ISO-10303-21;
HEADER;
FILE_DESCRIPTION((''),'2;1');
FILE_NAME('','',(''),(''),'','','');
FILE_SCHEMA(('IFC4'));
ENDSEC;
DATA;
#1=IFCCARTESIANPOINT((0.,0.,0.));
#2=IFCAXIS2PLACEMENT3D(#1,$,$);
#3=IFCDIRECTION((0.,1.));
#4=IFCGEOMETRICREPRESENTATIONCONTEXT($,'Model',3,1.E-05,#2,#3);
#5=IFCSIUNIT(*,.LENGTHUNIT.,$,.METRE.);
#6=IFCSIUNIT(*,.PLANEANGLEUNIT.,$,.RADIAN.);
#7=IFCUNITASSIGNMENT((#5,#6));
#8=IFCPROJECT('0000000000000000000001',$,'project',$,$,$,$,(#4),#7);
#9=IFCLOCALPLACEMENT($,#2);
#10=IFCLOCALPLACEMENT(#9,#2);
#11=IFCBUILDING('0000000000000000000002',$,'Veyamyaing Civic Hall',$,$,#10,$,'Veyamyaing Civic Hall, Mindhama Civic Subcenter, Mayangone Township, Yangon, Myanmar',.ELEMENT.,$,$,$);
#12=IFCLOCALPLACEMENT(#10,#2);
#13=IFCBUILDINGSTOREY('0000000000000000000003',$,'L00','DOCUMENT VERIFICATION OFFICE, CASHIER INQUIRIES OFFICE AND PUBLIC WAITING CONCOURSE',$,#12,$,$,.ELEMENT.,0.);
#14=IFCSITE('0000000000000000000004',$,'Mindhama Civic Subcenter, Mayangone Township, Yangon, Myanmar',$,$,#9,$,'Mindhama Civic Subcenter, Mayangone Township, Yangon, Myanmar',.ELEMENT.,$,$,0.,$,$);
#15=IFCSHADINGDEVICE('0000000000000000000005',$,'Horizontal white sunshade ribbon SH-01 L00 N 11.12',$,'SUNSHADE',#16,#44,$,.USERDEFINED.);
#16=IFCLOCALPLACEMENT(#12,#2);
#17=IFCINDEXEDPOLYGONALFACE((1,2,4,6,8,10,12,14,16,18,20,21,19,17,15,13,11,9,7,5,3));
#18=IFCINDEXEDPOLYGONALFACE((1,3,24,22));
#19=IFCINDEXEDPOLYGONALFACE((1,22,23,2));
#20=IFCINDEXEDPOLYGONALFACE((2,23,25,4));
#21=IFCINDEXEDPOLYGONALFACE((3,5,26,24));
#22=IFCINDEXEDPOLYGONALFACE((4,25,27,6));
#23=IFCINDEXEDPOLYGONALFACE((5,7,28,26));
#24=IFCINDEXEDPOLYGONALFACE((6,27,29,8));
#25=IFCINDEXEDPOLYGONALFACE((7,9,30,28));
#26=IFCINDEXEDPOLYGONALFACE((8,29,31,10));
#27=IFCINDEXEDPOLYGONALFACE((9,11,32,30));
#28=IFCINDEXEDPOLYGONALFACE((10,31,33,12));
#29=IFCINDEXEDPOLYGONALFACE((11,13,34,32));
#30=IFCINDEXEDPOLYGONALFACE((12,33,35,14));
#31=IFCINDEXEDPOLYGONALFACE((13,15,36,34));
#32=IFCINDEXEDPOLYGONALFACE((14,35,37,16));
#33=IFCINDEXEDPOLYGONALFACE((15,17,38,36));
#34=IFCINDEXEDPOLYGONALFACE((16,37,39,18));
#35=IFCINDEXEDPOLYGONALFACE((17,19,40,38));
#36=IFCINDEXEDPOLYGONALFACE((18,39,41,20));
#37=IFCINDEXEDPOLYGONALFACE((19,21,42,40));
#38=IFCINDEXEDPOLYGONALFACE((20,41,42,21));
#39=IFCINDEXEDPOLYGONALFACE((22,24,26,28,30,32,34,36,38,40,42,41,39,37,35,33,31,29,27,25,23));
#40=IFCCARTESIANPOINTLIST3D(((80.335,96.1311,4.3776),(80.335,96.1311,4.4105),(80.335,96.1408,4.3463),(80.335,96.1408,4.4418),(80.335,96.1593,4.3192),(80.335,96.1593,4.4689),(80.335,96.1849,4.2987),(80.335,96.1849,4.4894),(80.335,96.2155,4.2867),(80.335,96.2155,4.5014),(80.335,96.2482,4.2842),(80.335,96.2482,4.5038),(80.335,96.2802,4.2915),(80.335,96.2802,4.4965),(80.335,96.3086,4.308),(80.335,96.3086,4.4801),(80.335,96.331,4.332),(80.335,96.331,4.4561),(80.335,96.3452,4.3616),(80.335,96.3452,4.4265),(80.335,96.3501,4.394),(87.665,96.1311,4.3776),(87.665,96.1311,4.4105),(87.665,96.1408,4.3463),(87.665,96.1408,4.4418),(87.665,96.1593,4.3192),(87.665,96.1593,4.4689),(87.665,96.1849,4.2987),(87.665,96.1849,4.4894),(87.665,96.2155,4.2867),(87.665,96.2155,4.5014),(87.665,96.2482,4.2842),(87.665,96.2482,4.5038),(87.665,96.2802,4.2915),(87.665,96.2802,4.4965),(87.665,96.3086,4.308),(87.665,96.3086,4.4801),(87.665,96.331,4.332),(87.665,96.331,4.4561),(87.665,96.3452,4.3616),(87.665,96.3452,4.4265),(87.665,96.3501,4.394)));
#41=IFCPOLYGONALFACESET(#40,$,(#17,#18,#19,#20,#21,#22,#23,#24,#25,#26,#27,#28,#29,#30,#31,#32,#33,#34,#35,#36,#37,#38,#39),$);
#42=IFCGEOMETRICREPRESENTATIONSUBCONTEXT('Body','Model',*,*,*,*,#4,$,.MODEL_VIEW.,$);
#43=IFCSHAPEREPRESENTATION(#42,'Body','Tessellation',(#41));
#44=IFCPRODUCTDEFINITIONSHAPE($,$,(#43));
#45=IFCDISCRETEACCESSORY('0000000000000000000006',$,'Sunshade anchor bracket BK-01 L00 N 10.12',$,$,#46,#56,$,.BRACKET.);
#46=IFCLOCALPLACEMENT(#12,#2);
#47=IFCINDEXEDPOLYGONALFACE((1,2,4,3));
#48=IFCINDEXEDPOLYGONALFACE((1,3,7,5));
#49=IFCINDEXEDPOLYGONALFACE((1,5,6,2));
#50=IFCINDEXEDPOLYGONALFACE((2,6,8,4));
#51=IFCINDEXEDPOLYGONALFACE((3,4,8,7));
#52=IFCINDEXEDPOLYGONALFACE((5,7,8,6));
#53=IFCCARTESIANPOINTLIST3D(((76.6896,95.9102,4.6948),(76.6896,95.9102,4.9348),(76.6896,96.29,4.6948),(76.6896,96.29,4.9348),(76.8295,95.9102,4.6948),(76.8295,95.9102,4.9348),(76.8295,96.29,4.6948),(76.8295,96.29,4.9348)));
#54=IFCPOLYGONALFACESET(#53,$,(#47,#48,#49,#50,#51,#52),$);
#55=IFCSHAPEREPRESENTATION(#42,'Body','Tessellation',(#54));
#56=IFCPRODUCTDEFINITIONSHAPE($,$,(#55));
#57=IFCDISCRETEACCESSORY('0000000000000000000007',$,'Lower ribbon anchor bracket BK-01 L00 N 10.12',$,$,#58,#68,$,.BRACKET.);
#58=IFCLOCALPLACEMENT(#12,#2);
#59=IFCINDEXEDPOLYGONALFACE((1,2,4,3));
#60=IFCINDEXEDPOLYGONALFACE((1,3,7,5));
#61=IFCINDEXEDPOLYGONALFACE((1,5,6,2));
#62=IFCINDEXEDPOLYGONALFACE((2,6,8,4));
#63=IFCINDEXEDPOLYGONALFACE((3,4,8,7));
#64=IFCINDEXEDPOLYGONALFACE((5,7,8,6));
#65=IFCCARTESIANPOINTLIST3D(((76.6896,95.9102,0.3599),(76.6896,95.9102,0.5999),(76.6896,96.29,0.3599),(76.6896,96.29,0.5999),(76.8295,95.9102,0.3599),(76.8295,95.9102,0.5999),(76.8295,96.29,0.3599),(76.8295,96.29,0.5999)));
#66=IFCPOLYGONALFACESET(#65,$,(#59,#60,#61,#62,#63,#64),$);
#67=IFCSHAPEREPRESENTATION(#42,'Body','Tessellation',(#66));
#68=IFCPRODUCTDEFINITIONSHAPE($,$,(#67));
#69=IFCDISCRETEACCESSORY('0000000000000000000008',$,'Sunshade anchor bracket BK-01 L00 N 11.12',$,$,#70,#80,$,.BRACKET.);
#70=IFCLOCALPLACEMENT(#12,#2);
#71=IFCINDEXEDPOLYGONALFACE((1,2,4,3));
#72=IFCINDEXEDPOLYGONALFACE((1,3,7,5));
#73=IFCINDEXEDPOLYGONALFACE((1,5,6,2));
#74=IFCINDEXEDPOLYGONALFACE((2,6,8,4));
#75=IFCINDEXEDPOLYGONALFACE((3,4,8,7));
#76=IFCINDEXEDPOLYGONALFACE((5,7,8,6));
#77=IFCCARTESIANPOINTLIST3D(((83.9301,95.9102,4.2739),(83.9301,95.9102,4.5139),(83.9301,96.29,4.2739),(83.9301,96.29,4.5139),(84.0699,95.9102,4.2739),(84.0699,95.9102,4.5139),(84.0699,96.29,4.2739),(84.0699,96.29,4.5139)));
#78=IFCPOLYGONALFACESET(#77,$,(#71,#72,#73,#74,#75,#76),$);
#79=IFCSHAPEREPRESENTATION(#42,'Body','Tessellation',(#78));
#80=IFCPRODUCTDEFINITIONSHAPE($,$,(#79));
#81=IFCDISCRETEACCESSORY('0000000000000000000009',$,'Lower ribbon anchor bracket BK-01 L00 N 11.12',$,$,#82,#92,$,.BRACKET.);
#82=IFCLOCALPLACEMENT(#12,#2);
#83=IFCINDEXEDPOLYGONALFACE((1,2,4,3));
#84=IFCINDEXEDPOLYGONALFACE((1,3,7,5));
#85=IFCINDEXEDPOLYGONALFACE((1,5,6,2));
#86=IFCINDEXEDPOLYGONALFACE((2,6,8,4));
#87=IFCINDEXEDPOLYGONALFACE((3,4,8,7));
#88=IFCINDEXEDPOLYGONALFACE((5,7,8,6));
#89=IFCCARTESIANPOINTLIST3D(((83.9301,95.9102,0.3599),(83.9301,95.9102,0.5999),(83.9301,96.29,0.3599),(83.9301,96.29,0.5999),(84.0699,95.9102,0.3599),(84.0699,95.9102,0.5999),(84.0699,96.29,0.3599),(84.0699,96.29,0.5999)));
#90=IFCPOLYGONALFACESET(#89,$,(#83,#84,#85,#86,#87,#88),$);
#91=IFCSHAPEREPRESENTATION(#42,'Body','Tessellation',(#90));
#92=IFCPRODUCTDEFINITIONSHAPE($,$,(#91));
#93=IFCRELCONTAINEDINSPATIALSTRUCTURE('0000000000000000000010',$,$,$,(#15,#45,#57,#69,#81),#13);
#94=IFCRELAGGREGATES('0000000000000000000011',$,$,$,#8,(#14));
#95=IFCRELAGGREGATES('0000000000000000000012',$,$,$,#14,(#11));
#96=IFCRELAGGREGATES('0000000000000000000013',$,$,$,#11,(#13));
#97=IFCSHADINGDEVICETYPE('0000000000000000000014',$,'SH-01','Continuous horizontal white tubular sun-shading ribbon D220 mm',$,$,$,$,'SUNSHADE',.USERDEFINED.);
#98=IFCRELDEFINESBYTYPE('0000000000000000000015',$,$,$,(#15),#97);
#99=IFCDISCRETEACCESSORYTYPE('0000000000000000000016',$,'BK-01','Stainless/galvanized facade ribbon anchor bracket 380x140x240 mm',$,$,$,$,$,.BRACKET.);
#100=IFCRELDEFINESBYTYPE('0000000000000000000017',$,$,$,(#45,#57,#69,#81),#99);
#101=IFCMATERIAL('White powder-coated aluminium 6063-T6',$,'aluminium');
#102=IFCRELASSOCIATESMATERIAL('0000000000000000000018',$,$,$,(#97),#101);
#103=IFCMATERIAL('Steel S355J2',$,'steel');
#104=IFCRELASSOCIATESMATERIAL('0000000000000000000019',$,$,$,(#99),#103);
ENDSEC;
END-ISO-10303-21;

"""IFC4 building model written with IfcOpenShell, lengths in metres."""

from ifc_helpers import new_model, si_unit, direction, frame, origin, origin_2d, place, context, subcontext, project, spatial, rectangle, circle, extrude, material, material_profile, profile_set, type_object, element, save


model = new_model("IFC4")

# Units and contexts
model_context = context("Model", 3, precision=1e-05, world=origin(), true_north=direction((0.0, 1.0)))
body_context = subcontext(model_context, "Body", "Model", "MODEL_VIEW")
ifc_project = project(units=[si_unit("LENGTHUNIT", "METRE"), si_unit("PLANEANGLEUNIT", "RADIAN")], contexts=[model_context])

# Site, building, storey
site_placement = place(None, origin())
site = spatial("IfcSite", under=ifc_project, at=site_placement, Name="Mindhama Civic Subcenter, Mayangone Township, Yangon, Myanmar", LongName="Mindhama Civic Subcenter, Mayangone Township, Yangon, Myanmar", CompositionType="ELEMENT", RefElevation=0.0)
building_placement = place(site_placement, origin())
building = spatial("IfcBuilding", under=site, at=building_placement, Name="Veyamyaing Civic Hall", LongName="Veyamyaing Civic Hall, Mindhama Civic Subcenter, Mayangone Township, Yangon, Myanmar", CompositionType="ELEMENT")
storey_placement = place(building_placement, origin())
storey = spatial("IfcBuildingStorey", under=building, at=storey_placement, Name="L00", Description="DOCUMENT VERIFICATION OFFICE, CASHIER INQUIRIES OFFICE AND PUBLIC WAITING CONCOURSE", CompositionType="ELEMENT", Elevation=0.0)

# Shared definitions
ifc_material_1 = material(Name="White powder-coated aluminium 6063-T6", Category="aluminium")

# Shading device
ifc_material_profile_1 = material_profile(ifc_material_1, circle(Radius=0.1101, at=origin_2d()), Name="SHADE-TUBE-220")
ifc_profile_set_1 = profile_set([ifc_material_profile_1], Name="White powder-coated aluminium 6063-T6")
shading_device_type = type_object("IfcShadingDeviceType", Name="SH-01", Description="Continuous horizontal white tubular sun-shading ribbon D220 mm", ElementType="SUNSHADE", PredefinedType="USERDEFINED", material=ifc_profile_set_1)
shading_device_placement = place(storey_placement, frame((80.335, 96.24, 4.394), z_axis=(1.0, 0.0, 0.0), x_axis=(0.0, 1.0, 0.0)))
element("IfcShadingDevice", 1, at=shading_device_placement, inside=storey, type_object=shading_device_type, Name="Horizontal white sunshade ribbon SH-01 L00 N 11.12", ObjectType="SUNSHADE", PredefinedType="USERDEFINED", context=body_context, shape_type="SweptSolid", body=[
    extrude(circle(Radius=0.1101, at=origin_2d()), origin(), (0.0, 0.0, 1.0), 7.3301),
])

# Discrete accessories
ifc_material_2 = material(Name="Steel S355J2", Category="steel")
discrete_accessory_type = type_object("IfcDiscreteAccessoryType", Name="BK-01", Description="Stainless/galvanized facade ribbon anchor bracket 380x140x240 mm", PredefinedType="BRACKET", material=ifc_material_2)
for number, where, z_axis, x_axis, name in (
    (2, (76.7595, 96.1001, 4.6948), (0.0, 0.0, 1.0), (0.0, 1.0, 0.0), "Sunshade anchor bracket BK-01 L00 N 10.12"),
    (3, (76.7595, 96.1001, 0.3599), (0.0, 0.0, 1.0), (0.0, 1.0, 0.0), "Lower ribbon anchor bracket BK-01 L00 N 10.12"),
    (4, (84.0, 96.1001, 4.2739), (0.0, 0.0, 1.0), (0.0, 1.0, 0.0), "Sunshade anchor bracket BK-01 L00 N 11.12"),
    (5, (84.0, 96.1001, 0.3599), (0.0, 0.0, 1.0), (0.0, 1.0, 0.0), "Lower ribbon anchor bracket BK-01 L00 N 11.12"),
):
    element("IfcDiscreteAccessory", number, at=place(storey_placement, frame(where, z_axis=z_axis, x_axis=x_axis)), inside=storey, type_object=discrete_accessory_type, Name=name, PredefinedType="BRACKET", context=body_context, shape_type="SweptSolid", body=[
        extrude(rectangle(XDim=0.3799, YDim=0.1399, at=origin_2d()), origin(), (0.0, 0.0, 1.0), 0.24),
    ])

save(model, "model.ifc")
